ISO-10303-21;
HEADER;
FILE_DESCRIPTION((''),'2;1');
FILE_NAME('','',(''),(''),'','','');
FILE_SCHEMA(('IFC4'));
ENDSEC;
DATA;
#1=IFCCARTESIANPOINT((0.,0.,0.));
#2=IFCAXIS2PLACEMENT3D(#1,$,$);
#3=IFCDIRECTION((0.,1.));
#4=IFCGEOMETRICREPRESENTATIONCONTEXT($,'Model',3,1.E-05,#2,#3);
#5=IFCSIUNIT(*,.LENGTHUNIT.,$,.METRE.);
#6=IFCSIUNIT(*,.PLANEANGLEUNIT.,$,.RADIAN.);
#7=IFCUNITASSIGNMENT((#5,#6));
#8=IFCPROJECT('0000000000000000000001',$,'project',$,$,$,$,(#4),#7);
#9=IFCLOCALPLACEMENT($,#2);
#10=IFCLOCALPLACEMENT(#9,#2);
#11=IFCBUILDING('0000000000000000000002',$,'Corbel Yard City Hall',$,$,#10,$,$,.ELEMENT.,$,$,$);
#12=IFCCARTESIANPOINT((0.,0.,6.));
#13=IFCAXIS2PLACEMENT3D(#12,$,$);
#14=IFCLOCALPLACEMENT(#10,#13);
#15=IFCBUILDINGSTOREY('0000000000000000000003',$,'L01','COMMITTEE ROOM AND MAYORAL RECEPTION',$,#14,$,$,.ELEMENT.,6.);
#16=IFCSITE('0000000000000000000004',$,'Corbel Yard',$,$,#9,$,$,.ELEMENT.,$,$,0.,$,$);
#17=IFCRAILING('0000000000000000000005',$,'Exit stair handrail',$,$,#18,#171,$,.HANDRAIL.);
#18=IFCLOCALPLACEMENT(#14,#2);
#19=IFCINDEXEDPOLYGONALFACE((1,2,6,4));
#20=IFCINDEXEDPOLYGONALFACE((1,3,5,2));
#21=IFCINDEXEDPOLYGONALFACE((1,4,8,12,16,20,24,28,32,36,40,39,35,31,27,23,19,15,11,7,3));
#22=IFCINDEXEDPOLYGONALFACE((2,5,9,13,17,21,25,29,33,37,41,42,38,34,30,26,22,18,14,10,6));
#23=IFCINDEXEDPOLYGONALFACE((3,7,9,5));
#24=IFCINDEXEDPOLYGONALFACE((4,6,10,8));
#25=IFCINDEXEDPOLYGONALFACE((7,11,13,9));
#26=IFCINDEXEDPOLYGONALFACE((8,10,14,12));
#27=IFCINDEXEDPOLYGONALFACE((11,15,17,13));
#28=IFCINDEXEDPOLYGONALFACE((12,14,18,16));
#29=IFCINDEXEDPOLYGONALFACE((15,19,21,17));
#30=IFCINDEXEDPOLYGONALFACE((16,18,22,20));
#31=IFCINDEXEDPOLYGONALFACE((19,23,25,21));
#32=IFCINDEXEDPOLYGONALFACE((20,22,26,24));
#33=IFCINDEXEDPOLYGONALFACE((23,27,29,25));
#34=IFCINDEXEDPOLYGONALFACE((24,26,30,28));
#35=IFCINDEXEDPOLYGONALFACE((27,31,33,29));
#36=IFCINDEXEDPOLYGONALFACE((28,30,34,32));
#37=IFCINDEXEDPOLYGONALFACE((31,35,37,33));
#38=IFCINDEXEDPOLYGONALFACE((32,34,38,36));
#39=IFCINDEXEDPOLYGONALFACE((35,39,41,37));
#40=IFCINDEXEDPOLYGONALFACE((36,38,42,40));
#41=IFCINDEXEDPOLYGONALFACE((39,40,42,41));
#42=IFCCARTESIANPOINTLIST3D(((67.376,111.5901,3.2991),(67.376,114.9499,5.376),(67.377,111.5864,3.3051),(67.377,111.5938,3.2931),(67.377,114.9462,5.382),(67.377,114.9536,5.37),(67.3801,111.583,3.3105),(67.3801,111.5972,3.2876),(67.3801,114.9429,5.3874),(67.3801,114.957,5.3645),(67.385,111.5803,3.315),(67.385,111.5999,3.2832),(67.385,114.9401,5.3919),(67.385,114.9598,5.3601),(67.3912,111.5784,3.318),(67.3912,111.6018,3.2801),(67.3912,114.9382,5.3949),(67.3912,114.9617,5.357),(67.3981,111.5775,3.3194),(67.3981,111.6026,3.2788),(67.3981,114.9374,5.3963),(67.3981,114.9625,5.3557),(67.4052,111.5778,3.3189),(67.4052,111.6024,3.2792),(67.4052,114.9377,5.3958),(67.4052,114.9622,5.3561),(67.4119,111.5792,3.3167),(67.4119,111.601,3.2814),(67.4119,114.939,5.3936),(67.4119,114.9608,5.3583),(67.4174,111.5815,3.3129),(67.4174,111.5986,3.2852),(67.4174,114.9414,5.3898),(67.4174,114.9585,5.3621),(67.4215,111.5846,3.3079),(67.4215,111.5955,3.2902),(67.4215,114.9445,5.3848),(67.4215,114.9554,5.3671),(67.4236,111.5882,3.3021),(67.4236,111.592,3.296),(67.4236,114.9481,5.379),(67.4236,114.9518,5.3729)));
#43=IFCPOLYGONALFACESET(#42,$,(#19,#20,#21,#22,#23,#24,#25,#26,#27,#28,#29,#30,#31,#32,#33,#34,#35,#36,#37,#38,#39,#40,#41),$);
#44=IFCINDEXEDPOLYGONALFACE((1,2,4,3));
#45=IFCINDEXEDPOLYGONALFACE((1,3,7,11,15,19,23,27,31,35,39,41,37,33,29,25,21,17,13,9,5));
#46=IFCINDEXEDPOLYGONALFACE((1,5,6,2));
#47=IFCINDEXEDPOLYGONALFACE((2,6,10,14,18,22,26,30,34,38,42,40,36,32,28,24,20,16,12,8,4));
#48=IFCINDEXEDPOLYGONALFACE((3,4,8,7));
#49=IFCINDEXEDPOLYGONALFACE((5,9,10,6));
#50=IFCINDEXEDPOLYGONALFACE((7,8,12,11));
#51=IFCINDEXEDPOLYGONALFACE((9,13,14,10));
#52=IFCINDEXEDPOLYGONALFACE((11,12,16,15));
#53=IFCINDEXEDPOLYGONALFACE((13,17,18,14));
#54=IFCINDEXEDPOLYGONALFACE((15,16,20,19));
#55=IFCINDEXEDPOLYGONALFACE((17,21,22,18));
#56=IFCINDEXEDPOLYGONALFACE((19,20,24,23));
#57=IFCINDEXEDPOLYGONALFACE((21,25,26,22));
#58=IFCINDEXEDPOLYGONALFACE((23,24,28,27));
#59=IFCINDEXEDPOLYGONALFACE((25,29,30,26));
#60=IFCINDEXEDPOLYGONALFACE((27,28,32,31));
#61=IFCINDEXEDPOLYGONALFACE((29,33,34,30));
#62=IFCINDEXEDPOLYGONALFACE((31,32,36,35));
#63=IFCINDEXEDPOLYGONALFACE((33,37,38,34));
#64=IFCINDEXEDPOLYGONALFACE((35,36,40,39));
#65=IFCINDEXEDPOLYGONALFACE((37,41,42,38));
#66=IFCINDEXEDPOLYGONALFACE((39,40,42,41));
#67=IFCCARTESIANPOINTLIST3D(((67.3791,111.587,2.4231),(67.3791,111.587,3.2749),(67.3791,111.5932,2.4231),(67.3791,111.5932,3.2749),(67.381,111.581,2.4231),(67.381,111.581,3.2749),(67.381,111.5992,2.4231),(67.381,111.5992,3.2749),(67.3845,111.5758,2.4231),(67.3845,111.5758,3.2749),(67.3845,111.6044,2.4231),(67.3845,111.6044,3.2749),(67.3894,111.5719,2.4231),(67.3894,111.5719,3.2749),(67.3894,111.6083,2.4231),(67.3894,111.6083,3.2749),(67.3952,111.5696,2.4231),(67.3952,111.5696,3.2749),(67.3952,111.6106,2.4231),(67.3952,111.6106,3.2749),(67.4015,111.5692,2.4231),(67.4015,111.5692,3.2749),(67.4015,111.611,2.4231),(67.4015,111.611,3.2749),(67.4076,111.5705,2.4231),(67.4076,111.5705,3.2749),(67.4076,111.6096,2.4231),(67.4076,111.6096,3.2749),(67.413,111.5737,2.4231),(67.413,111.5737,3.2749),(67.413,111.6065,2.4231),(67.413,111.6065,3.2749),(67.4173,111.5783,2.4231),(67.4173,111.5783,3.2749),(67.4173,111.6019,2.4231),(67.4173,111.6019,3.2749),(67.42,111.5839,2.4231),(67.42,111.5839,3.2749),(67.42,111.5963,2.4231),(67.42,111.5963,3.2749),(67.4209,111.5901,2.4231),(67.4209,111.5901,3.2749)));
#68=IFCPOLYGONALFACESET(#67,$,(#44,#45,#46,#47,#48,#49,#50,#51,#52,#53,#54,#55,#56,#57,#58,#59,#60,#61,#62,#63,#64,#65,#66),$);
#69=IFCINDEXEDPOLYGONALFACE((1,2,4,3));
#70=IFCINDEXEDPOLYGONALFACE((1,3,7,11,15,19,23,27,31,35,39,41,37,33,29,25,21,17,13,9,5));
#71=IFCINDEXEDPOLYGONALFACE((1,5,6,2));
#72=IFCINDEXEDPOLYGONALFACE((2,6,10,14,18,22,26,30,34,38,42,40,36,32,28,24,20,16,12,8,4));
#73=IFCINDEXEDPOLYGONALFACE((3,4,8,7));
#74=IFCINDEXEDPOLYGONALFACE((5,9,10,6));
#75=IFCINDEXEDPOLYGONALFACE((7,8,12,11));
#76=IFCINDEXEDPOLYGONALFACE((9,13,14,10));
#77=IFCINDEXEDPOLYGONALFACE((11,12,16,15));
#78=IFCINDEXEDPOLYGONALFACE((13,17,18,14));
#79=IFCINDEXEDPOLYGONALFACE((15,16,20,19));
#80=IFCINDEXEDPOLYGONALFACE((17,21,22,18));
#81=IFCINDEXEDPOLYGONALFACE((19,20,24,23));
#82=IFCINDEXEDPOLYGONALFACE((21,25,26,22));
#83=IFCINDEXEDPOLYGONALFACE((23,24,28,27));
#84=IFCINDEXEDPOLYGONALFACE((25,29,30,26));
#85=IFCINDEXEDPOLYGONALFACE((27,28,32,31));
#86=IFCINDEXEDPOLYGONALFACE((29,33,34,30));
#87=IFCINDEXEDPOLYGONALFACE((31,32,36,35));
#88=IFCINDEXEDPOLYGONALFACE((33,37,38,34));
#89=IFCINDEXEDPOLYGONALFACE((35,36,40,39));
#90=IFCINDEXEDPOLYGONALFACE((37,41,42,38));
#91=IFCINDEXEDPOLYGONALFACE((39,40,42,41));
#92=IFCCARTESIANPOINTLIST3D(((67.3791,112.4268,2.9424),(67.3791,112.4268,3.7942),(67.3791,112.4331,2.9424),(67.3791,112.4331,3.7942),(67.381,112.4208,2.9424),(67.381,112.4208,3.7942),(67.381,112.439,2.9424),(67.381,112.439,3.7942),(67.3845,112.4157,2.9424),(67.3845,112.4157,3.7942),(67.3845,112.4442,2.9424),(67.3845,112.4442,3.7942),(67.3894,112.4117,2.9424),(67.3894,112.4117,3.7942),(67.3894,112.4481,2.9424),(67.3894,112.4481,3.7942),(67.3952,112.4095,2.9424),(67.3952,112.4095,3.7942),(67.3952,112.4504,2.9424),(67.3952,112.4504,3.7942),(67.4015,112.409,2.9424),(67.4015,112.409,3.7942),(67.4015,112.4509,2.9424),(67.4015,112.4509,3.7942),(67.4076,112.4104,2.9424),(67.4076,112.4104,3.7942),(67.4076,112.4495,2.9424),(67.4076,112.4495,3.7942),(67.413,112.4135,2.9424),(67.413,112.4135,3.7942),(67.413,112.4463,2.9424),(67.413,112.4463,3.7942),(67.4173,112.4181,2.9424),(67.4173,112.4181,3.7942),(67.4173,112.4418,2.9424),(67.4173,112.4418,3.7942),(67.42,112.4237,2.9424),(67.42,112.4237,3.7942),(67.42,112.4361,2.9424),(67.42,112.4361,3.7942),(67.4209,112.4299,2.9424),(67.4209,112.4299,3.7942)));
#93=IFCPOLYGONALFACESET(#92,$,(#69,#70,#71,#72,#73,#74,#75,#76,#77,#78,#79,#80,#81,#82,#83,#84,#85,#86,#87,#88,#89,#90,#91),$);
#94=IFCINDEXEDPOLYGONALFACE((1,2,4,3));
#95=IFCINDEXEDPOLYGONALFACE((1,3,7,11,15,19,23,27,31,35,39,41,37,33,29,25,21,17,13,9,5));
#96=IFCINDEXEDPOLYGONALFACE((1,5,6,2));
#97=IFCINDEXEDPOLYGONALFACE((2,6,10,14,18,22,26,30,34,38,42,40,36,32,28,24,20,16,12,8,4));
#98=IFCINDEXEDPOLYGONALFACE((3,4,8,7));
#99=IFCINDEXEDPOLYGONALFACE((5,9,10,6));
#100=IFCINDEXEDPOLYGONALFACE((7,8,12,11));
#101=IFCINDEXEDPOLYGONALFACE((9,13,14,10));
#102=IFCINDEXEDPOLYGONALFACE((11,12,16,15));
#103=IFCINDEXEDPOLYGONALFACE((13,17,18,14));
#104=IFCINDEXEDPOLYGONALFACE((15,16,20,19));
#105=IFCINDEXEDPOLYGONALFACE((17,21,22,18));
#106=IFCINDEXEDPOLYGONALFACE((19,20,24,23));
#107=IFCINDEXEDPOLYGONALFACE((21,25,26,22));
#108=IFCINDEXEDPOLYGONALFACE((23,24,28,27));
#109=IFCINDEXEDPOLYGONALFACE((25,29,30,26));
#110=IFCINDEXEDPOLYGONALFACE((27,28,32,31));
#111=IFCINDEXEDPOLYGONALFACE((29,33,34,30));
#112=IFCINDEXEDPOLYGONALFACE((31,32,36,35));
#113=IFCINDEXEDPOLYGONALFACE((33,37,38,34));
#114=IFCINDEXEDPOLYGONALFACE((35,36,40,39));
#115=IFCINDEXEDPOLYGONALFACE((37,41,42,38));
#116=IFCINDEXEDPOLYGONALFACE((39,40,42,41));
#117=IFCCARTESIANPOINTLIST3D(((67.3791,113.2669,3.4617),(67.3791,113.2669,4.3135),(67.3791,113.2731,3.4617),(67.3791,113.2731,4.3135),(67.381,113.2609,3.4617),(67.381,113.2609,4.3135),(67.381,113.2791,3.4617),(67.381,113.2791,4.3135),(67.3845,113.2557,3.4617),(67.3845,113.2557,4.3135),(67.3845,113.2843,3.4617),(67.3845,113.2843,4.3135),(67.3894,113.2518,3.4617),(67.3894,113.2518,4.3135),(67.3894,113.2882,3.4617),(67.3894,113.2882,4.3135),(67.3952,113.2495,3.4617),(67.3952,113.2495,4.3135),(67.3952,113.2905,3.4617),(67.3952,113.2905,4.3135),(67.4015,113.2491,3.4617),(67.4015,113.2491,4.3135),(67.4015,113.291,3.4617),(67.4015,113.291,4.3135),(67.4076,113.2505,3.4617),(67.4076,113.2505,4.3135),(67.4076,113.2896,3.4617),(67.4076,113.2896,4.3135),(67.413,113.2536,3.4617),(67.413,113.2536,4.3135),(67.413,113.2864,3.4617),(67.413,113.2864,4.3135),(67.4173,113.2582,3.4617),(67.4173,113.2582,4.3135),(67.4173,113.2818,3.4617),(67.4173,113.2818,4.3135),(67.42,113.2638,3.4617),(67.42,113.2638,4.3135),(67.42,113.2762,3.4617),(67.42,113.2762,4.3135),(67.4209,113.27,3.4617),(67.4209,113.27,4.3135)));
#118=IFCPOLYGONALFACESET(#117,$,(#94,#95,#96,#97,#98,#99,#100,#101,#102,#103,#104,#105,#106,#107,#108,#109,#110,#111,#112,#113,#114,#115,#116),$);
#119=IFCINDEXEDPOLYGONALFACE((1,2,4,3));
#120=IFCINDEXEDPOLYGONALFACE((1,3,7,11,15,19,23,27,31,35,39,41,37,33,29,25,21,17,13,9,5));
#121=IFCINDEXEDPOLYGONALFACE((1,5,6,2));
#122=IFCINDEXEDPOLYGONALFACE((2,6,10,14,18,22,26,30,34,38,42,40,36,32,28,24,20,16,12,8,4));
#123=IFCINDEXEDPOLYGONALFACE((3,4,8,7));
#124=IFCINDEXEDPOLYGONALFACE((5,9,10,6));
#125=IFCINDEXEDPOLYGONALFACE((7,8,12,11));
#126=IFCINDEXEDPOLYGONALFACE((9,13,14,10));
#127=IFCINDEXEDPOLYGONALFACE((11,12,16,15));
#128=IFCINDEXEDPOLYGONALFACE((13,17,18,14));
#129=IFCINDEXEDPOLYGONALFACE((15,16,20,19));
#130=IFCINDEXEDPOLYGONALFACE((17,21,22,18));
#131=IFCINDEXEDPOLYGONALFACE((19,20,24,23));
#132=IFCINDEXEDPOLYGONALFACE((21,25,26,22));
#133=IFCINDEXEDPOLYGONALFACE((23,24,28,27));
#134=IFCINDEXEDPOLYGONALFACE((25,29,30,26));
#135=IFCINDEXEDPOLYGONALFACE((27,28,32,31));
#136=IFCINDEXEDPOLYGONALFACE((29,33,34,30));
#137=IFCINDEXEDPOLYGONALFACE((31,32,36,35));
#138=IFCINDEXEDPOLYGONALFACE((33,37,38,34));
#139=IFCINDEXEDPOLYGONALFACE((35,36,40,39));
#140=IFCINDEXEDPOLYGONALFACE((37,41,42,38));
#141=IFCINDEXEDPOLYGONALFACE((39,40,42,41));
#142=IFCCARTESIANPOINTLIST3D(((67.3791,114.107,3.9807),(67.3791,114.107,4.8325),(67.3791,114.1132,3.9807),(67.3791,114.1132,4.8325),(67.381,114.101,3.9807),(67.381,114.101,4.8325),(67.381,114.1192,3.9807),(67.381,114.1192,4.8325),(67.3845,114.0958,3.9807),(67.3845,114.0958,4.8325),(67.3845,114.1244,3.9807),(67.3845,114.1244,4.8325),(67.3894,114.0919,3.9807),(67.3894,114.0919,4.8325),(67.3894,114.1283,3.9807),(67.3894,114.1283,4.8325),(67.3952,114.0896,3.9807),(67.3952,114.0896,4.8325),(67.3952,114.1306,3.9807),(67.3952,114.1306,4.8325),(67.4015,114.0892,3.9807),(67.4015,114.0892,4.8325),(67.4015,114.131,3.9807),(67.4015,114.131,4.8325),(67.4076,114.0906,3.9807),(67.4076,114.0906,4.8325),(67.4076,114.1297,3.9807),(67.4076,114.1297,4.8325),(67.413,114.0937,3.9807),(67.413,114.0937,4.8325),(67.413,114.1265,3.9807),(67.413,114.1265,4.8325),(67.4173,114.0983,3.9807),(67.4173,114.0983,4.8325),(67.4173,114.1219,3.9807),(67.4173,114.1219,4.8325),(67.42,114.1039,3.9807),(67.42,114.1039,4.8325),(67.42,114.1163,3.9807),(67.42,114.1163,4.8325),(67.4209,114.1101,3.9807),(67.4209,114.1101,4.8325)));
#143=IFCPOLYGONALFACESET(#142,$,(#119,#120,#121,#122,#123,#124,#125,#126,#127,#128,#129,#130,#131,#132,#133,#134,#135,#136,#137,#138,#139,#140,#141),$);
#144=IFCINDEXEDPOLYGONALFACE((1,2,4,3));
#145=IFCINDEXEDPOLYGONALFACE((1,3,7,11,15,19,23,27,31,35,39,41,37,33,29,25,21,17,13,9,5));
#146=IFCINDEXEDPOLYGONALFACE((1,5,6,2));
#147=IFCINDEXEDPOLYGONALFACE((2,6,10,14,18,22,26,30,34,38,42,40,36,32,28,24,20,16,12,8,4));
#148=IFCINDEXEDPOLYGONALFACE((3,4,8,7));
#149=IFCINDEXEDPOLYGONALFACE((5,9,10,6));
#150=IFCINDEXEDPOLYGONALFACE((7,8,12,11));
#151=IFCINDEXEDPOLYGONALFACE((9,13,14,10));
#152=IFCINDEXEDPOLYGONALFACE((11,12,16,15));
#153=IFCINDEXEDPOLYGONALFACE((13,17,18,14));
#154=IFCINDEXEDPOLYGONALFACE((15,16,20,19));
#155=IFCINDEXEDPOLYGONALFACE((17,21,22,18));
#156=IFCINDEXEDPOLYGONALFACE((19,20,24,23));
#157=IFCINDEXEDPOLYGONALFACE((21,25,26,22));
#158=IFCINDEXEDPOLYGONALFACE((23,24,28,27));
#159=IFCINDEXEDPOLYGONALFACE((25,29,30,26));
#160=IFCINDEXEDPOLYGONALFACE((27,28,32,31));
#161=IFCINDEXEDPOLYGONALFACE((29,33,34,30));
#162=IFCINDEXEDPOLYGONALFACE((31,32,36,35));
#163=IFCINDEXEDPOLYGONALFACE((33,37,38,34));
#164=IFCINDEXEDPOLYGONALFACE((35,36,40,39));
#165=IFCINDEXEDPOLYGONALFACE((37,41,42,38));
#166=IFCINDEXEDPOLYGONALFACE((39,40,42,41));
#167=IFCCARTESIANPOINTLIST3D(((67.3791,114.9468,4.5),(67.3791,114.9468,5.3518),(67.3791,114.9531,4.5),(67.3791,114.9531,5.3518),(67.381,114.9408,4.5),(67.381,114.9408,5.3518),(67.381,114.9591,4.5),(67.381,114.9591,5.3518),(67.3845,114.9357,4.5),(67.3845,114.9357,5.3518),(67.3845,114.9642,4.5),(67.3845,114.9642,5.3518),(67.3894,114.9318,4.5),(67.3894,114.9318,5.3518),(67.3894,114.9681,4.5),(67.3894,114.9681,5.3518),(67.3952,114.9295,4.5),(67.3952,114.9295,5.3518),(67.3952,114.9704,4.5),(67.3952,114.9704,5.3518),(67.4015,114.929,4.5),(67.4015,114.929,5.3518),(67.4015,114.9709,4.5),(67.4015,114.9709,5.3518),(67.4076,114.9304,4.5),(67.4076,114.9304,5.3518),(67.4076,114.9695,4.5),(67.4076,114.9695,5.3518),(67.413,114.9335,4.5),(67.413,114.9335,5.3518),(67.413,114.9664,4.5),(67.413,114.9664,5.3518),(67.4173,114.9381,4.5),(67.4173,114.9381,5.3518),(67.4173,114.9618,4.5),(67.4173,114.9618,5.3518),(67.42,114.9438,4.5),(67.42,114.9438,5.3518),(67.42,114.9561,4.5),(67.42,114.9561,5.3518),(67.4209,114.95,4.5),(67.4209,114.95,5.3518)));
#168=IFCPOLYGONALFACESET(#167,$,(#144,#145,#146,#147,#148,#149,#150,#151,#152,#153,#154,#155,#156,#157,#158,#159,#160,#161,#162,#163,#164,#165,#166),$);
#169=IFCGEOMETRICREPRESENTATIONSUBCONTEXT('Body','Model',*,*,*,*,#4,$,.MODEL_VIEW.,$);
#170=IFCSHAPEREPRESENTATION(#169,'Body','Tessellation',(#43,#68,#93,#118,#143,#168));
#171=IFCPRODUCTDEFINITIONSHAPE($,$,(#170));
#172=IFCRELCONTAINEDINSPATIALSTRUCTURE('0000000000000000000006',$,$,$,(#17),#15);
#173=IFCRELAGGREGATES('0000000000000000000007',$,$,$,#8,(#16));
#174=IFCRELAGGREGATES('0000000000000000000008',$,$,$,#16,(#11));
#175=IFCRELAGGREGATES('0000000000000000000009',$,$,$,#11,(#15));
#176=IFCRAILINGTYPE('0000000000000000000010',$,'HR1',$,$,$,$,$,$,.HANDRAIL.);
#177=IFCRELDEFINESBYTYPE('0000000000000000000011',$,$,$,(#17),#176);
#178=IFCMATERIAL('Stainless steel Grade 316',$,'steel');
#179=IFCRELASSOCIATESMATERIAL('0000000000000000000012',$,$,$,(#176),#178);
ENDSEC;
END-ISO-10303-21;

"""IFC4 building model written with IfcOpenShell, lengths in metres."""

from ifc_helpers import new_model, si_unit, direction, frame, origin, origin_2d, place, context, subcontext, project, spatial, circle, extrude, material, type_object, element, save


model = new_model("IFC4")

# Units and contexts
model_context = context("Model", 3, precision=1e-05, world=origin(), true_north=direction((0.0, 1.0)))
body_context = subcontext(model_context, "Body", "Model", "MODEL_VIEW")
ifc_project = project(units=[si_unit("LENGTHUNIT", "METRE"), si_unit("PLANEANGLEUNIT", "RADIAN")], contexts=[model_context])

# Site, building, storey
site_placement = place(None, origin())
site = spatial("IfcSite", under=ifc_project, at=site_placement, Name="Corbel Yard", CompositionType="ELEMENT", RefElevation=0.0)
building_placement = place(site_placement, origin())
building = spatial("IfcBuilding", under=site, at=building_placement, Name="Corbel Yard City Hall", CompositionType="ELEMENT")
storey_placement = place(building_placement, frame((0.0, 0.0, 6.0)))
storey = spatial("IfcBuildingStorey", under=building, at=storey_placement, Name="L01", Description="COMMITTEE ROOM AND MAYORAL RECEPTION", CompositionType="ELEMENT", Elevation=6.0)

# Shared definitions
ifc_material_1 = material(Name="Stainless steel Grade 316", Category="steel")

# Railing
railing_type = type_object("IfcRailingType", Name="HR1", PredefinedType="HANDRAIL", material=ifc_material_1)
for number, where, name in (
    (1, (67.3999, 111.5901, 2.4231), "Exit stair handrail"),
):
    element("IfcRailing", number, at=place(storey_placement, frame(where)), inside=storey, type_object=railing_type, Name=name, PredefinedType="HANDRAIL", context=body_context, shape_type="SweptSolid", body=[
        extrude(circle(Radius=0.0239, at=origin_2d()), frame((0.0, 0.0, 0.876), z_axis=(0.0, 0.850606, 0.525803), x_axis=(-1.0, 0.0, 0.0)), (0.0, 0.0, 1.0), 3.95),
        extrude(circle(Radius=0.021, at=origin_2d()), origin(), (0.0, 0.0, 1.0), 0.8518),
        extrude(circle(Radius=0.021, at=origin_2d()), frame((0.0, 0.8398, 0.5193)), (0.0, 0.0, 1.0), 0.8518),
        extrude(circle(Radius=0.021, at=origin_2d()), frame((0.0, 1.6799, 1.0386)), (0.0, 0.0, 1.0), 0.8518),
        extrude(circle(Radius=0.021, at=origin_2d()), frame((0.0, 2.52, 1.5576)), (0.0, 0.0, 1.0), 0.8518),
        extrude(circle(Radius=0.021, at=origin_2d()), frame((0.0, 3.3599, 2.0769)), (0.0, 0.0, 1.0), 0.8518),
    ])

save(model, "model.ifc")
